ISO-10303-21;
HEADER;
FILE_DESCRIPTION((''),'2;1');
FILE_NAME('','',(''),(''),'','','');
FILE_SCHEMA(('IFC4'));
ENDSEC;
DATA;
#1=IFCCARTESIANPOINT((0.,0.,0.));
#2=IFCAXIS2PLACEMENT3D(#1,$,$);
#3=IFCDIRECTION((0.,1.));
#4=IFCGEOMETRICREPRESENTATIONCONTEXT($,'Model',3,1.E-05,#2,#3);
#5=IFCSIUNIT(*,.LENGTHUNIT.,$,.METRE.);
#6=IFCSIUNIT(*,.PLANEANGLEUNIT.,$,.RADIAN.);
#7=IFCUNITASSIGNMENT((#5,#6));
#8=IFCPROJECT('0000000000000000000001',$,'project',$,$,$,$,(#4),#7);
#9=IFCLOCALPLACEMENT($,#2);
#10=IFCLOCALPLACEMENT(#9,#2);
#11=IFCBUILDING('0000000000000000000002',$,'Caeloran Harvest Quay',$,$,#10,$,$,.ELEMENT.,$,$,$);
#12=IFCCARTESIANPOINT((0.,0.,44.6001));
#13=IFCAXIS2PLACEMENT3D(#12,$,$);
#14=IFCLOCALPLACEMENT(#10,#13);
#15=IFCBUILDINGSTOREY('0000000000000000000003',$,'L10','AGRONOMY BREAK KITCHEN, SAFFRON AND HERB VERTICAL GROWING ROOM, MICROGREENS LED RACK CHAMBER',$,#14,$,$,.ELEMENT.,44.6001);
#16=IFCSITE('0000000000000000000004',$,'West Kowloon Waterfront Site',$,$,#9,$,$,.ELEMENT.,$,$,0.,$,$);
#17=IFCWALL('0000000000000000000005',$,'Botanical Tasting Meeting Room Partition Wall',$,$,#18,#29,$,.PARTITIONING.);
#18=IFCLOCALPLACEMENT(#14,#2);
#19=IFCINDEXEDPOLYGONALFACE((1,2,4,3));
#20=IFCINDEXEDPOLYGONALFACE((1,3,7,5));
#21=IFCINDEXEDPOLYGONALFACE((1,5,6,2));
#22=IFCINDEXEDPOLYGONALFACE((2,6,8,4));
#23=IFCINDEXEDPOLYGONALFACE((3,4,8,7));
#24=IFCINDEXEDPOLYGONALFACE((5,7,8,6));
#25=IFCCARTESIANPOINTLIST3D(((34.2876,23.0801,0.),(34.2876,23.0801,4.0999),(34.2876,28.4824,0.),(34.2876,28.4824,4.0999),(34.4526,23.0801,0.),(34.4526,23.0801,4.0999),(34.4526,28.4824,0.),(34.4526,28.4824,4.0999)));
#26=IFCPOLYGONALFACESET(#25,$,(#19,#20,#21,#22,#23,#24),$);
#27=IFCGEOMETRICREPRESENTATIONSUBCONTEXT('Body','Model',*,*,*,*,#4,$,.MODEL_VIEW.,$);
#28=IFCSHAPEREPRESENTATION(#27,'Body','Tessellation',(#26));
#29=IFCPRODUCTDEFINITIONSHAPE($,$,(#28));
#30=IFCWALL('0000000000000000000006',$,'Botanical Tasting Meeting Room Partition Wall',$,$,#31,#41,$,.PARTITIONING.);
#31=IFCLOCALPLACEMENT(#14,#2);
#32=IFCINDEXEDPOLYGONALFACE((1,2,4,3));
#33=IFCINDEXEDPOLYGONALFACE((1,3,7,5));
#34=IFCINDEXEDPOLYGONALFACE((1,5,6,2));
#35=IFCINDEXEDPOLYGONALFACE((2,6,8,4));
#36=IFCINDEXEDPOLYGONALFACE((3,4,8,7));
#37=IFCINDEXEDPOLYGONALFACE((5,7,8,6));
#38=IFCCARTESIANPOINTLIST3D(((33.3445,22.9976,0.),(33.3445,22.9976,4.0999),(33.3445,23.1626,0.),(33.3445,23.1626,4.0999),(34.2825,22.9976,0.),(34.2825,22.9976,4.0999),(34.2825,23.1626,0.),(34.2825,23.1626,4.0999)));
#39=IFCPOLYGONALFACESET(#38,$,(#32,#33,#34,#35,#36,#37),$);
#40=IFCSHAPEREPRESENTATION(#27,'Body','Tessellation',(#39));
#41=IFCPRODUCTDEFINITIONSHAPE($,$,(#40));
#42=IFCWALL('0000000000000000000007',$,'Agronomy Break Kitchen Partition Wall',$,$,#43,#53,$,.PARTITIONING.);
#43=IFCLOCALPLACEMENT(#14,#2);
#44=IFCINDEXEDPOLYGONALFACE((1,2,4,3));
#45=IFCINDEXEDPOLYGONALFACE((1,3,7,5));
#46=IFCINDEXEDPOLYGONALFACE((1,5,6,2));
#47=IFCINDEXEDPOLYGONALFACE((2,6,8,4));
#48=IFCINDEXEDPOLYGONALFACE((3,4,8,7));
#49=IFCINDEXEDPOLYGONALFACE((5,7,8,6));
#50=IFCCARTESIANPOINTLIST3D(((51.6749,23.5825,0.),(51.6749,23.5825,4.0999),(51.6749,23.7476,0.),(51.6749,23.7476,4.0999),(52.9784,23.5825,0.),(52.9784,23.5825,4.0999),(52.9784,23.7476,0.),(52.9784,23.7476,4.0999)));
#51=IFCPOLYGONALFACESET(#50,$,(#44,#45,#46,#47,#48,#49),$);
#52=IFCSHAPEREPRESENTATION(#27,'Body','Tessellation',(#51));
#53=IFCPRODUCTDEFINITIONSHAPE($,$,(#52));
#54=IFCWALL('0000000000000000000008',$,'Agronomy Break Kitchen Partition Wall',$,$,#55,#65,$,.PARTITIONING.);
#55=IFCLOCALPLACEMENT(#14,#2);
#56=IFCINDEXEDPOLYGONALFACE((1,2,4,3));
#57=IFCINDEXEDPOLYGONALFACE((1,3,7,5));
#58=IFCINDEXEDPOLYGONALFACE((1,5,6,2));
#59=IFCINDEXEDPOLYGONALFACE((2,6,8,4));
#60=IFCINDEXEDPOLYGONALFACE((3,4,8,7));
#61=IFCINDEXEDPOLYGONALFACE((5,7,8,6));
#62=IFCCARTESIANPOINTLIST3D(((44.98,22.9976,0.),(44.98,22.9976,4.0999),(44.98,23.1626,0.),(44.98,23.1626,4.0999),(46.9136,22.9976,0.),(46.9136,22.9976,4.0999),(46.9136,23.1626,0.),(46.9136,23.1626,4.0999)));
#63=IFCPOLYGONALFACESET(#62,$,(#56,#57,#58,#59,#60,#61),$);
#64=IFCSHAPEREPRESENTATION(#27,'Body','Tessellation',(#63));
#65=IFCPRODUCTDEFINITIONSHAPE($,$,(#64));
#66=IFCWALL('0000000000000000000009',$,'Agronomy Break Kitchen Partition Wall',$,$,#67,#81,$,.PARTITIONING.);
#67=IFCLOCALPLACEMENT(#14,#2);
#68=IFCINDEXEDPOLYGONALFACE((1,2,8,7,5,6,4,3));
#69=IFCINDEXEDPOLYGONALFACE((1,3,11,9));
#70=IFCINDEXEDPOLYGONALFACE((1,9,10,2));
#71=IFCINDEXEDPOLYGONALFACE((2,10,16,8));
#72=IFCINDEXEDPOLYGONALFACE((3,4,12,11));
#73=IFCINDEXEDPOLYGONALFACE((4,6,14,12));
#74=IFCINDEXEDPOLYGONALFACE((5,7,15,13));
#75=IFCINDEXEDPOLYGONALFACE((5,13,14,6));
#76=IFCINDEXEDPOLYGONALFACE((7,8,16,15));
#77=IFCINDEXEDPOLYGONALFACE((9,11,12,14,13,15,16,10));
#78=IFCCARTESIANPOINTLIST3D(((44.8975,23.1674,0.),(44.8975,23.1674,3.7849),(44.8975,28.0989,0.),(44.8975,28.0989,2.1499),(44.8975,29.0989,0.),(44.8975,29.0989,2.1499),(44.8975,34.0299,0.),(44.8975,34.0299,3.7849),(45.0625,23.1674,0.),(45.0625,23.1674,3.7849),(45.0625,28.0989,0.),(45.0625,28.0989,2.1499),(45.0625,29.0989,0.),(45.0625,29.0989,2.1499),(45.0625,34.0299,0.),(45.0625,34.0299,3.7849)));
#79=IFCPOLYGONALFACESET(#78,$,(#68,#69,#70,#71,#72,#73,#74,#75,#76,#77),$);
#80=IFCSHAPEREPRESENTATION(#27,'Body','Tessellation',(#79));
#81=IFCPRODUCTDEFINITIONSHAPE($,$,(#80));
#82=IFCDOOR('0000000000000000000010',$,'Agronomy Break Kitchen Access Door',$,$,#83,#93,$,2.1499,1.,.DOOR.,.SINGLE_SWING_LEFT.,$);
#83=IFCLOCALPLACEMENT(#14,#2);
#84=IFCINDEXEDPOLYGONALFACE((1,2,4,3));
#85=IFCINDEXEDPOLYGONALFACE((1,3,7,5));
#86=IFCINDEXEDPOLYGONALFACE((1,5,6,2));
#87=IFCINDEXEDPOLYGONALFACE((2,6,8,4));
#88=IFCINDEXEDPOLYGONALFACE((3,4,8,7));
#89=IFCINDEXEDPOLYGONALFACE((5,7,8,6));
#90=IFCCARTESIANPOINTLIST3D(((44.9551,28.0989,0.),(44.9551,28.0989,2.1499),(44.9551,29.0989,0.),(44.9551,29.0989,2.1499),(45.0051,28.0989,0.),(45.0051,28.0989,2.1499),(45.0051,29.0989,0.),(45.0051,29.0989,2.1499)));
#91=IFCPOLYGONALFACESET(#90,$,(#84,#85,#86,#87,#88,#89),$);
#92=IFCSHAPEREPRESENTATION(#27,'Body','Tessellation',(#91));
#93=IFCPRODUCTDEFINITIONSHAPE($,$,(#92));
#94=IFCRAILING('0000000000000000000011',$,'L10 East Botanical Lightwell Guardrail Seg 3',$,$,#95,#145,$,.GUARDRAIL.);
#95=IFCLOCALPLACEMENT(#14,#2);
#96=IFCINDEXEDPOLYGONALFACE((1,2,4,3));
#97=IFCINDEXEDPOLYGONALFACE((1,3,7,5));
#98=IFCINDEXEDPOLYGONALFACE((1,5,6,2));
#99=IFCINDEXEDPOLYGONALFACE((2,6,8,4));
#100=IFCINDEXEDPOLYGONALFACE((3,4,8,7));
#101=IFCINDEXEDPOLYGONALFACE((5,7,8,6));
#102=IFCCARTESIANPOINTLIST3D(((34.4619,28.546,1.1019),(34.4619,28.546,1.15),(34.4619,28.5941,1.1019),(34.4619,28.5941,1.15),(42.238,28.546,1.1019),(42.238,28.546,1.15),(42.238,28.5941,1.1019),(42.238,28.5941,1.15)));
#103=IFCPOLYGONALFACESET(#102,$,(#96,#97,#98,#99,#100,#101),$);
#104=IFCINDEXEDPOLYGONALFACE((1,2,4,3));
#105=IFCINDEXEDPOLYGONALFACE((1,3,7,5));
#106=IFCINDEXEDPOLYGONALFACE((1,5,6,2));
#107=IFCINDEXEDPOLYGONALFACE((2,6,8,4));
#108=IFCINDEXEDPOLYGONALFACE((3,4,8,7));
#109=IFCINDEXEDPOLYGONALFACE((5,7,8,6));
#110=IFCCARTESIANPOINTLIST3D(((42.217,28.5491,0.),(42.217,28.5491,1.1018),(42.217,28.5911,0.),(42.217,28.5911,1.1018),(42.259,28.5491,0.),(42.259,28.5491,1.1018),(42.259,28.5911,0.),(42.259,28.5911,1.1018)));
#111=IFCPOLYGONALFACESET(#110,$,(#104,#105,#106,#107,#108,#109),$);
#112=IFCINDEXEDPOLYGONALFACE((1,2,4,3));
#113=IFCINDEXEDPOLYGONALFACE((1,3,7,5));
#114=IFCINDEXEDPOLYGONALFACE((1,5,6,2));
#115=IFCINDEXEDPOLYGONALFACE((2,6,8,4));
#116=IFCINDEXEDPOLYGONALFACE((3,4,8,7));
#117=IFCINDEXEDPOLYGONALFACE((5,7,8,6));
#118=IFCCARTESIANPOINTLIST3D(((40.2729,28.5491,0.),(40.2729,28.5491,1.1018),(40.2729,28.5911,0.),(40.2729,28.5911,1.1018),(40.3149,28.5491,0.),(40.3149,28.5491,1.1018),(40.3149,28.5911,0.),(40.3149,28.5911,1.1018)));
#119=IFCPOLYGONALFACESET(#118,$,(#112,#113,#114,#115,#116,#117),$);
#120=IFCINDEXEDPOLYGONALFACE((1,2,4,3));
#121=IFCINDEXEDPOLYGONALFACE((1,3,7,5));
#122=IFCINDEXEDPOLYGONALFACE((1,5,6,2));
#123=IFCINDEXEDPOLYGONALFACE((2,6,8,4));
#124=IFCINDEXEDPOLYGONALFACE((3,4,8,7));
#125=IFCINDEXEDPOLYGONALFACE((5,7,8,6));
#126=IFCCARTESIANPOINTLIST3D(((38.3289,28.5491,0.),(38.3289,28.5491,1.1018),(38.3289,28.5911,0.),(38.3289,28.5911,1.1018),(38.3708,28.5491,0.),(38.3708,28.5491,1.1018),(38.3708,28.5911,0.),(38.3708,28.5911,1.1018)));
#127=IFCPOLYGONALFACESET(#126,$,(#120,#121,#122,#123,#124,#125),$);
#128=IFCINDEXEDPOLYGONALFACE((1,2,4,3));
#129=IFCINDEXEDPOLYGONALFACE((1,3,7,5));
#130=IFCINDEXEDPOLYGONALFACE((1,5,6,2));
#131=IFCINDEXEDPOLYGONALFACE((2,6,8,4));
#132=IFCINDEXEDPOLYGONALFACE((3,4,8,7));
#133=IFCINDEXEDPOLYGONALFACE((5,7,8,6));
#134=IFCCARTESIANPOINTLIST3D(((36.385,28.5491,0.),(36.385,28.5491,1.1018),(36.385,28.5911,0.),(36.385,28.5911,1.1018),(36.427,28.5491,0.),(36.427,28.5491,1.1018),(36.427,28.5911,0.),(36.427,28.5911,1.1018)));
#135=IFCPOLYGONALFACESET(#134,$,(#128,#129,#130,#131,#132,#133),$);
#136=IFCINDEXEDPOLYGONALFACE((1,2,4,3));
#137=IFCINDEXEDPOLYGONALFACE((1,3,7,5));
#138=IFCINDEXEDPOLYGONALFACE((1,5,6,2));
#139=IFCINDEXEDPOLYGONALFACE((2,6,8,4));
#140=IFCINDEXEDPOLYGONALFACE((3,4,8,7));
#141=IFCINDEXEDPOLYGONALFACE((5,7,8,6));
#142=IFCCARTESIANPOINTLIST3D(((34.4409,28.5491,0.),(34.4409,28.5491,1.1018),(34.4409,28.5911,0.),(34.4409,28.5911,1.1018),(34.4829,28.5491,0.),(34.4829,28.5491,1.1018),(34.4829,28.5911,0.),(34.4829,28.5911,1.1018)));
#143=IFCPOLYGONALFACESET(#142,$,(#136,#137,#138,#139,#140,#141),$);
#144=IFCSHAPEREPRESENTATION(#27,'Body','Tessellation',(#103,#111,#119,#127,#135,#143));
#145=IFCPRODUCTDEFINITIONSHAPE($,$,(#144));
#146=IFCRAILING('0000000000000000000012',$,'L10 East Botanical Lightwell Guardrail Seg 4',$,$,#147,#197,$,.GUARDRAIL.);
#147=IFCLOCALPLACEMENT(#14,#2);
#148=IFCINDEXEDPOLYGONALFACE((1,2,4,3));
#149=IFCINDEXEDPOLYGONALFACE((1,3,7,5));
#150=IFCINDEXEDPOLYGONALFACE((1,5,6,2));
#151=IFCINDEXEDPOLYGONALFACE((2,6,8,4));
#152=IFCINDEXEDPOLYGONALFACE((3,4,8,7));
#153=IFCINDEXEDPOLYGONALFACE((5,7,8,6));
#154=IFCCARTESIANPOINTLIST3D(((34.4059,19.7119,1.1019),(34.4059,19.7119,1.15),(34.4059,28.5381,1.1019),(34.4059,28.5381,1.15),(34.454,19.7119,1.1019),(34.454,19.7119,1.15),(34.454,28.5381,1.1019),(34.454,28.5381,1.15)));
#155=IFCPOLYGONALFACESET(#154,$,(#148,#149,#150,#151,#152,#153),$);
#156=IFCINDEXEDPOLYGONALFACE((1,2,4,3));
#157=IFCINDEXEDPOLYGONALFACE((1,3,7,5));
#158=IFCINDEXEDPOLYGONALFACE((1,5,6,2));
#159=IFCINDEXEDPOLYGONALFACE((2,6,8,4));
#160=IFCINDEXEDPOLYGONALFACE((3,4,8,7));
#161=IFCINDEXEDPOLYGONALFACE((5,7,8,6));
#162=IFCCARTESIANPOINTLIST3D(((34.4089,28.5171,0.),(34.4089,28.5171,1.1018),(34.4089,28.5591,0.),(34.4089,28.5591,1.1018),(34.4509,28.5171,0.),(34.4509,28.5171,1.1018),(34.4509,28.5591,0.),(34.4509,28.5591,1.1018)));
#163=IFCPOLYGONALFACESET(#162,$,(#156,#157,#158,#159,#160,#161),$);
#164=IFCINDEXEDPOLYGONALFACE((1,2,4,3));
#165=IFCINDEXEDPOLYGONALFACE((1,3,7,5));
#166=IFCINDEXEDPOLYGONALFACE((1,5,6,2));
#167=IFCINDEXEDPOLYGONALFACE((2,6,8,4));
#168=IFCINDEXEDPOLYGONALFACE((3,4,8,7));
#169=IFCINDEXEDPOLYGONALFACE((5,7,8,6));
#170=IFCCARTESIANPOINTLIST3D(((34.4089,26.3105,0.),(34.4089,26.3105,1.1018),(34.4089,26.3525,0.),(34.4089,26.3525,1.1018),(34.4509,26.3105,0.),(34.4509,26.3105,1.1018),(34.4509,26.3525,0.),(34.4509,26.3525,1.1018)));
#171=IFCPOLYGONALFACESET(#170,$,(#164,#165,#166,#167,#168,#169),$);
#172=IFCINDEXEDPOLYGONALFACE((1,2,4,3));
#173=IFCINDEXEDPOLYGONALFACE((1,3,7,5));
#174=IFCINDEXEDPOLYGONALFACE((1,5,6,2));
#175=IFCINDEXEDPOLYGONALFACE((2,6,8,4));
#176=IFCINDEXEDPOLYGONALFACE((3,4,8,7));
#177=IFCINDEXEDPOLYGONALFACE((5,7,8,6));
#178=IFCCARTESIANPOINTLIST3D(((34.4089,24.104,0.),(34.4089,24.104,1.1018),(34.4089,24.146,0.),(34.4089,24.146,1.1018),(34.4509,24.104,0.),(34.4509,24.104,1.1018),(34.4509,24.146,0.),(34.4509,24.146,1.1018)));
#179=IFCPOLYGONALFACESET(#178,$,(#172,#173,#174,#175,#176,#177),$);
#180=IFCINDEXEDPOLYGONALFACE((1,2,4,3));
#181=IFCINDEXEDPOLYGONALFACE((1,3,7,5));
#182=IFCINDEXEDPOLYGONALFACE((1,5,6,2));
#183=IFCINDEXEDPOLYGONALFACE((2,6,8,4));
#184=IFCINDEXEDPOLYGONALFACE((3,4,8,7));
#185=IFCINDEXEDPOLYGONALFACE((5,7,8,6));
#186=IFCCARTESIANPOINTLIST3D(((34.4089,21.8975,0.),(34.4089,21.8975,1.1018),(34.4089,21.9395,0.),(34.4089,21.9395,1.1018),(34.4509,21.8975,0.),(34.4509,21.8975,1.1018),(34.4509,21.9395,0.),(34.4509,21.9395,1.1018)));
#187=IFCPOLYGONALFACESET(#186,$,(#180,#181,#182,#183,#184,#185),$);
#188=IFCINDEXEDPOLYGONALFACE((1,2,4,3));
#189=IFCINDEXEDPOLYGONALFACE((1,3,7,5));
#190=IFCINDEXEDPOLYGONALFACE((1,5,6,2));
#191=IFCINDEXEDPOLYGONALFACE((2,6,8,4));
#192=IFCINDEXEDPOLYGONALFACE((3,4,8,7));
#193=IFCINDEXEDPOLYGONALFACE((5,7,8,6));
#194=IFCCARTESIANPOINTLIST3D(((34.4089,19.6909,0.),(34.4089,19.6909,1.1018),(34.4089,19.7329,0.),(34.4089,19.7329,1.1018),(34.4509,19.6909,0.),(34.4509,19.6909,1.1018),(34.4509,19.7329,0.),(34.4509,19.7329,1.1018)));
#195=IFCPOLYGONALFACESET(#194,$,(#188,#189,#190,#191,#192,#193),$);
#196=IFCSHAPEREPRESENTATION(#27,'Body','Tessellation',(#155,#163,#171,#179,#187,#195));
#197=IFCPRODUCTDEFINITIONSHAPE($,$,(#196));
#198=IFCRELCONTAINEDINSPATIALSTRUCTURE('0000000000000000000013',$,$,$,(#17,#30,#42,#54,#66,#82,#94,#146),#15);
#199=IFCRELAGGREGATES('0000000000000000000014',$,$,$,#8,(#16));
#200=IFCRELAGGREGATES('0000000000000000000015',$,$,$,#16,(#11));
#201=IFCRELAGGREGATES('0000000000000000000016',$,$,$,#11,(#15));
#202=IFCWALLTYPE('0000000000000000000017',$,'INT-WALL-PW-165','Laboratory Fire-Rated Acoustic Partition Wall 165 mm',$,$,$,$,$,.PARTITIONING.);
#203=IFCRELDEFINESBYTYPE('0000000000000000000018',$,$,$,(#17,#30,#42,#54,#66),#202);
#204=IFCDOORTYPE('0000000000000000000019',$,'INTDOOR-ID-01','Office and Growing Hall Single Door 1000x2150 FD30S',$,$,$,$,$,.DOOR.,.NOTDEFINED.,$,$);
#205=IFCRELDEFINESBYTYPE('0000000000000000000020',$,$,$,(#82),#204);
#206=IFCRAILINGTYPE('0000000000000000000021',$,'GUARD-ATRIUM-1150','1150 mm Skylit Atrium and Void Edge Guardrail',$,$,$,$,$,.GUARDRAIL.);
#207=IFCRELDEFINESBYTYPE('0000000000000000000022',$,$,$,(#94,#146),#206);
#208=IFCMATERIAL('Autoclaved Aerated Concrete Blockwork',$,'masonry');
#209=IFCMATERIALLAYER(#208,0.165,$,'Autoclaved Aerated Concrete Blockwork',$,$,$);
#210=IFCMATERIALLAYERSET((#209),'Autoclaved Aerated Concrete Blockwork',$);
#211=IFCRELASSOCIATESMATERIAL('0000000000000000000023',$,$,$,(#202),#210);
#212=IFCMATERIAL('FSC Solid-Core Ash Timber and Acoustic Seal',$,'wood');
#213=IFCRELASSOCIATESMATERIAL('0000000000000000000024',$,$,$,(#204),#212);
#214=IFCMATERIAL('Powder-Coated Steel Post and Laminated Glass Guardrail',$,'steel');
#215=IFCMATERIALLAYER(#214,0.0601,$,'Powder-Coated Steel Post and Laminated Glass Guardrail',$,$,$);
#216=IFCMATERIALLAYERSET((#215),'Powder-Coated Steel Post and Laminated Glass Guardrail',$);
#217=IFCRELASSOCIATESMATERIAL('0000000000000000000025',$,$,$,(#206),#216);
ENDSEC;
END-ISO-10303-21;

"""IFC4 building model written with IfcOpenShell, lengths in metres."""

from ifc_helpers import new_model, si_unit, direction, frame, frame_2d, origin, origin_2d, place, context, subcontext, project, spatial, rectangle, extrude, material, layer, layer_set, type_object, element, fill, save


model = new_model("IFC4")

# Units and contexts
model_context = context("Model", 3, precision=1e-05, world=origin(), true_north=direction((0.0, 1.0)))
body_context = subcontext(model_context, "Body", "Model", "MODEL_VIEW")
ifc_project = project(units=[si_unit("LENGTHUNIT", "METRE"), si_unit("PLANEANGLEUNIT", "RADIAN")], contexts=[model_context])

# Site, building, storey
site_placement = place(None, origin())
site = spatial("IfcSite", under=ifc_project, at=site_placement, Name="West Kowloon Waterfront Site", CompositionType="ELEMENT", RefElevation=0.0)
building_placement = place(site_placement, origin())
building = spatial("IfcBuilding", under=site, at=building_placement, Name="Caeloran Harvest Quay", CompositionType="ELEMENT")
storey_placement = place(building_placement, frame((0.0, 0.0, 44.6001)))
storey = spatial("IfcBuildingStorey", under=building, at=storey_placement, Name="L10", Description="AGRONOMY BREAK KITCHEN, SAFFRON AND HERB VERTICAL GROWING ROOM, MICROGREENS LED RACK CHAMBER", CompositionType="ELEMENT", Elevation=44.6001)

# Walls
ifc_material_1 = material(Name="Autoclaved Aerated Concrete Blockwork", Category="masonry")
ifc_layer_1 = layer(ifc_material_1, 0.165, Name="Autoclaved Aerated Concrete Blockwork")
ifc_layer_set_1 = layer_set([ifc_layer_1], Name="Autoclaved Aerated Concrete Blockwork")
wall_type = type_object("IfcWallType", Name="INT-WALL-PW-165", Description="Laboratory Fire-Rated Acoustic Partition Wall 165 mm", PredefinedType="PARTITIONING", material=ifc_layer_set_1)
wall_1_placement = place(storey_placement, frame((34.3701, 28.4824, 0.0), z_axis=(0.0, 0.0, 1.0), x_axis=(0.0, -1.0, 0.0)))
element("IfcWall", 1, at=wall_1_placement, inside=storey, type_object=wall_type, Name="Botanical Tasting Meeting Room Partition Wall", PredefinedType="PARTITIONING", context=body_context, shape_type="SweptSolid", body=[
    extrude(rectangle(XDim=5.4023, YDim=0.165, at=frame_2d((2.7012, 0.0))), origin(), (0.0, 0.0, 1.0), 4.0999),
])
wall_2_placement = place(storey_placement, frame((34.2825, 23.0801, 0.0), z_axis=(0.0, 0.0, 1.0), x_axis=(-1.0, 0.0, 0.0)))
element("IfcWall", 2, at=wall_2_placement, inside=storey, type_object=wall_type, Name="Botanical Tasting Meeting Room Partition Wall", PredefinedType="PARTITIONING", context=body_context, shape_type="SweptSolid", body=[
    extrude(rectangle(XDim=0.938, YDim=0.165, at=frame_2d((0.469, 0.0))), origin(), (0.0, 0.0, 1.0), 4.0999),
])
wall_3_placement = place(storey_placement, frame((52.9785, 23.665, 0.0), z_axis=(0.0, 0.0, 1.0), x_axis=(-1.0, 0.0, 0.0)))
element("IfcWall", 3, at=wall_3_placement, inside=storey, type_object=wall_type, Name="Agronomy Break Kitchen Partition Wall", PredefinedType="PARTITIONING", context=body_context, shape_type="SweptSolid", body=[
    extrude(rectangle(XDim=1.3035, YDim=0.165, at=frame_2d((0.6519, 0.0))), origin(), (0.0, 0.0, 1.0), 4.0999),
])
wall_4_placement = place(storey_placement, frame((46.9136, 23.0801, 0.0), z_axis=(0.0, 0.0, 1.0), x_axis=(-1.0, 0.0, 0.0)))
element("IfcWall", 4, at=wall_4_placement, inside=storey, type_object=wall_type, Name="Agronomy Break Kitchen Partition Wall", PredefinedType="PARTITIONING", context=body_context, shape_type="SweptSolid", body=[
    extrude(rectangle(XDim=1.9336, YDim=0.165, at=frame_2d((0.9668, 0.0))), origin(), (0.0, 0.0, 1.0), 4.0999),
])

# Wall, opening, door
wall_5_placement = place(storey_placement, frame((44.98, 23.1675, 0.0), z_axis=(0.0, 0.0, 1.0), x_axis=(0.0, 1.0, 0.0)))
wall_5 = element("IfcWall", 5, at=wall_5_placement, inside=storey, type_object=wall_type, Name="Agronomy Break Kitchen Partition Wall", PredefinedType="PARTITIONING", context=body_context, shape_type="SweptSolid", body=[
    extrude(rectangle(XDim=10.8625, YDim=0.165, at=frame_2d((5.4312, 0.0))), origin(), (0.0, 0.0, 1.0), 3.7849),
])
opening_placement = place(wall_5_placement, frame((4.9314, 0.0, 0.0)))
opening = element("IfcOpeningElement", 6, at=opening_placement, cuts=wall_5, PredefinedType="OPENING", context=body_context, shape_type="SweptSolid", body=[
    extrude(rectangle(XDim=1.0, YDim=2.1499, at=frame_2d((0.5, 1.075))), frame((0.0, 0.0925, 0.0), z_axis=(0.0, -1.0, 0.0), x_axis=(1.0, 0.0, 0.0)), (0.0, 0.0, 1.0), 0.1851),
])
ifc_material_2 = material(Name="FSC Solid-Core Ash Timber and Acoustic Seal", Category="wood")
door_type = type_object("IfcDoorType", Name="INTDOOR-ID-01", Description="Office and Growing Hall Single Door 1000x2150 FD30S", OperationType="NOTDEFINED", PredefinedType="DOOR", material=ifc_material_2)
door_placement = place(opening_placement, origin())
door = element("IfcDoor", 7, at=door_placement, inside=storey, type_object=door_type, Name="Agronomy Break Kitchen Access Door", OperationType="SINGLE_SWING_LEFT", OverallHeight=2.1499, OverallWidth=1.0, PredefinedType="DOOR", context=body_context, shape_type="SweptSolid", body=[
    extrude(rectangle(XDim=1.0, YDim=2.1499, at=frame_2d((0.5, 1.075))), frame((0.0, 0.0249, 0.0), z_axis=(0.0, -1.0, 0.0), x_axis=(1.0, 0.0, 0.0)), (0.0, 0.0, 1.0), 0.05),
])
fill(opening, door)

# Railings
ifc_material_3 = material(Name="Powder-Coated Steel Post and Laminated Glass Guardrail", Category="steel")
ifc_layer_2 = layer(ifc_material_3, 0.0601, Name="Powder-Coated Steel Post and Laminated Glass Guardrail")
ifc_layer_set_2 = layer_set([ifc_layer_2], Name="Powder-Coated Steel Post and Laminated Glass Guardrail")
railing_type = type_object("IfcRailingType", Name="GUARD-ATRIUM-1150", Description="1150 mm Skylit Atrium and Void Edge Guardrail", PredefinedType="GUARDRAIL", material=ifc_layer_set_2)
railing_1_placement = place(storey_placement, frame((42.238, 28.5701, 0.0)))
element("IfcRailing", 8, at=railing_1_placement, inside=storey, type_object=railing_type, Name="L10 East Botanical Lightwell Guardrail Seg 3", PredefinedType="GUARDRAIL", context=body_context, shape_type="SweptSolid", body=[
    extrude(rectangle(XDim=0.0481, YDim=0.0481, at=origin_2d()), frame((0.0, 0.0, 1.126), z_axis=(-1.0, 0.0, 0.0), x_axis=(0.0, -1.0, 0.0)), (0.0, 0.0, 1.0), 7.7761),
    extrude(rectangle(XDim=0.042, YDim=0.042, at=origin_2d()), origin(), (0.0, 0.0, 1.0), 1.1018),
    extrude(rectangle(XDim=0.042, YDim=0.042, at=origin_2d()), frame((-1.9441, 0.0, 0.0)), (0.0, 0.0, 1.0), 1.1018),
    extrude(rectangle(XDim=0.042, YDim=0.042, at=origin_2d()), frame((-3.8882, 0.0, 0.0)), (0.0, 0.0, 1.0), 1.1018),
    extrude(rectangle(XDim=0.042, YDim=0.042, at=origin_2d()), frame((-5.832, 0.0, 0.0)), (0.0, 0.0, 1.0), 1.1018),
    extrude(rectangle(XDim=0.042, YDim=0.042, at=origin_2d()), frame((-7.7761, 0.0, 0.0)), (0.0, 0.0, 1.0), 1.1018),
])
railing_2_placement = place(storey_placement, frame((34.4299, 28.5381, 0.0)))
element("IfcRailing", 9, at=railing_2_placement, inside=storey, type_object=railing_type, Name="L10 East Botanical Lightwell Guardrail Seg 4", PredefinedType="GUARDRAIL", context=body_context, shape_type="SweptSolid", body=[
    extrude(rectangle(XDim=0.0481, YDim=0.0481, at=origin_2d()), frame((0.0, 0.0, 1.126), z_axis=(0.0, -1.0, 0.0), x_axis=(1.0, 0.0, 0.0)), (0.0, 0.0, 1.0), 8.8262),
    extrude(rectangle(XDim=0.042, YDim=0.042, at=origin_2d()), origin(), (0.0, 0.0, 1.0), 1.1018),
    extrude(rectangle(XDim=0.042, YDim=0.042, at=origin_2d()), frame((0.0, -2.2065, 0.0)), (0.0, 0.0, 1.0), 1.1018),
    extrude(rectangle(XDim=0.042, YDim=0.042, at=origin_2d()), frame((0.0, -4.4131, 0.0)), (0.0, 0.0, 1.0), 1.1018),
    extrude(rectangle(XDim=0.042, YDim=0.042, at=origin_2d()), frame((0.0, -6.6196, 0.0)), (0.0, 0.0, 1.0), 1.1018),
    extrude(rectangle(XDim=0.042, YDim=0.042, at=origin_2d()), frame((0.0, -8.8262, 0.0)), (0.0, 0.0, 1.0), 1.1018),
])

save(model, "model.ifc")
